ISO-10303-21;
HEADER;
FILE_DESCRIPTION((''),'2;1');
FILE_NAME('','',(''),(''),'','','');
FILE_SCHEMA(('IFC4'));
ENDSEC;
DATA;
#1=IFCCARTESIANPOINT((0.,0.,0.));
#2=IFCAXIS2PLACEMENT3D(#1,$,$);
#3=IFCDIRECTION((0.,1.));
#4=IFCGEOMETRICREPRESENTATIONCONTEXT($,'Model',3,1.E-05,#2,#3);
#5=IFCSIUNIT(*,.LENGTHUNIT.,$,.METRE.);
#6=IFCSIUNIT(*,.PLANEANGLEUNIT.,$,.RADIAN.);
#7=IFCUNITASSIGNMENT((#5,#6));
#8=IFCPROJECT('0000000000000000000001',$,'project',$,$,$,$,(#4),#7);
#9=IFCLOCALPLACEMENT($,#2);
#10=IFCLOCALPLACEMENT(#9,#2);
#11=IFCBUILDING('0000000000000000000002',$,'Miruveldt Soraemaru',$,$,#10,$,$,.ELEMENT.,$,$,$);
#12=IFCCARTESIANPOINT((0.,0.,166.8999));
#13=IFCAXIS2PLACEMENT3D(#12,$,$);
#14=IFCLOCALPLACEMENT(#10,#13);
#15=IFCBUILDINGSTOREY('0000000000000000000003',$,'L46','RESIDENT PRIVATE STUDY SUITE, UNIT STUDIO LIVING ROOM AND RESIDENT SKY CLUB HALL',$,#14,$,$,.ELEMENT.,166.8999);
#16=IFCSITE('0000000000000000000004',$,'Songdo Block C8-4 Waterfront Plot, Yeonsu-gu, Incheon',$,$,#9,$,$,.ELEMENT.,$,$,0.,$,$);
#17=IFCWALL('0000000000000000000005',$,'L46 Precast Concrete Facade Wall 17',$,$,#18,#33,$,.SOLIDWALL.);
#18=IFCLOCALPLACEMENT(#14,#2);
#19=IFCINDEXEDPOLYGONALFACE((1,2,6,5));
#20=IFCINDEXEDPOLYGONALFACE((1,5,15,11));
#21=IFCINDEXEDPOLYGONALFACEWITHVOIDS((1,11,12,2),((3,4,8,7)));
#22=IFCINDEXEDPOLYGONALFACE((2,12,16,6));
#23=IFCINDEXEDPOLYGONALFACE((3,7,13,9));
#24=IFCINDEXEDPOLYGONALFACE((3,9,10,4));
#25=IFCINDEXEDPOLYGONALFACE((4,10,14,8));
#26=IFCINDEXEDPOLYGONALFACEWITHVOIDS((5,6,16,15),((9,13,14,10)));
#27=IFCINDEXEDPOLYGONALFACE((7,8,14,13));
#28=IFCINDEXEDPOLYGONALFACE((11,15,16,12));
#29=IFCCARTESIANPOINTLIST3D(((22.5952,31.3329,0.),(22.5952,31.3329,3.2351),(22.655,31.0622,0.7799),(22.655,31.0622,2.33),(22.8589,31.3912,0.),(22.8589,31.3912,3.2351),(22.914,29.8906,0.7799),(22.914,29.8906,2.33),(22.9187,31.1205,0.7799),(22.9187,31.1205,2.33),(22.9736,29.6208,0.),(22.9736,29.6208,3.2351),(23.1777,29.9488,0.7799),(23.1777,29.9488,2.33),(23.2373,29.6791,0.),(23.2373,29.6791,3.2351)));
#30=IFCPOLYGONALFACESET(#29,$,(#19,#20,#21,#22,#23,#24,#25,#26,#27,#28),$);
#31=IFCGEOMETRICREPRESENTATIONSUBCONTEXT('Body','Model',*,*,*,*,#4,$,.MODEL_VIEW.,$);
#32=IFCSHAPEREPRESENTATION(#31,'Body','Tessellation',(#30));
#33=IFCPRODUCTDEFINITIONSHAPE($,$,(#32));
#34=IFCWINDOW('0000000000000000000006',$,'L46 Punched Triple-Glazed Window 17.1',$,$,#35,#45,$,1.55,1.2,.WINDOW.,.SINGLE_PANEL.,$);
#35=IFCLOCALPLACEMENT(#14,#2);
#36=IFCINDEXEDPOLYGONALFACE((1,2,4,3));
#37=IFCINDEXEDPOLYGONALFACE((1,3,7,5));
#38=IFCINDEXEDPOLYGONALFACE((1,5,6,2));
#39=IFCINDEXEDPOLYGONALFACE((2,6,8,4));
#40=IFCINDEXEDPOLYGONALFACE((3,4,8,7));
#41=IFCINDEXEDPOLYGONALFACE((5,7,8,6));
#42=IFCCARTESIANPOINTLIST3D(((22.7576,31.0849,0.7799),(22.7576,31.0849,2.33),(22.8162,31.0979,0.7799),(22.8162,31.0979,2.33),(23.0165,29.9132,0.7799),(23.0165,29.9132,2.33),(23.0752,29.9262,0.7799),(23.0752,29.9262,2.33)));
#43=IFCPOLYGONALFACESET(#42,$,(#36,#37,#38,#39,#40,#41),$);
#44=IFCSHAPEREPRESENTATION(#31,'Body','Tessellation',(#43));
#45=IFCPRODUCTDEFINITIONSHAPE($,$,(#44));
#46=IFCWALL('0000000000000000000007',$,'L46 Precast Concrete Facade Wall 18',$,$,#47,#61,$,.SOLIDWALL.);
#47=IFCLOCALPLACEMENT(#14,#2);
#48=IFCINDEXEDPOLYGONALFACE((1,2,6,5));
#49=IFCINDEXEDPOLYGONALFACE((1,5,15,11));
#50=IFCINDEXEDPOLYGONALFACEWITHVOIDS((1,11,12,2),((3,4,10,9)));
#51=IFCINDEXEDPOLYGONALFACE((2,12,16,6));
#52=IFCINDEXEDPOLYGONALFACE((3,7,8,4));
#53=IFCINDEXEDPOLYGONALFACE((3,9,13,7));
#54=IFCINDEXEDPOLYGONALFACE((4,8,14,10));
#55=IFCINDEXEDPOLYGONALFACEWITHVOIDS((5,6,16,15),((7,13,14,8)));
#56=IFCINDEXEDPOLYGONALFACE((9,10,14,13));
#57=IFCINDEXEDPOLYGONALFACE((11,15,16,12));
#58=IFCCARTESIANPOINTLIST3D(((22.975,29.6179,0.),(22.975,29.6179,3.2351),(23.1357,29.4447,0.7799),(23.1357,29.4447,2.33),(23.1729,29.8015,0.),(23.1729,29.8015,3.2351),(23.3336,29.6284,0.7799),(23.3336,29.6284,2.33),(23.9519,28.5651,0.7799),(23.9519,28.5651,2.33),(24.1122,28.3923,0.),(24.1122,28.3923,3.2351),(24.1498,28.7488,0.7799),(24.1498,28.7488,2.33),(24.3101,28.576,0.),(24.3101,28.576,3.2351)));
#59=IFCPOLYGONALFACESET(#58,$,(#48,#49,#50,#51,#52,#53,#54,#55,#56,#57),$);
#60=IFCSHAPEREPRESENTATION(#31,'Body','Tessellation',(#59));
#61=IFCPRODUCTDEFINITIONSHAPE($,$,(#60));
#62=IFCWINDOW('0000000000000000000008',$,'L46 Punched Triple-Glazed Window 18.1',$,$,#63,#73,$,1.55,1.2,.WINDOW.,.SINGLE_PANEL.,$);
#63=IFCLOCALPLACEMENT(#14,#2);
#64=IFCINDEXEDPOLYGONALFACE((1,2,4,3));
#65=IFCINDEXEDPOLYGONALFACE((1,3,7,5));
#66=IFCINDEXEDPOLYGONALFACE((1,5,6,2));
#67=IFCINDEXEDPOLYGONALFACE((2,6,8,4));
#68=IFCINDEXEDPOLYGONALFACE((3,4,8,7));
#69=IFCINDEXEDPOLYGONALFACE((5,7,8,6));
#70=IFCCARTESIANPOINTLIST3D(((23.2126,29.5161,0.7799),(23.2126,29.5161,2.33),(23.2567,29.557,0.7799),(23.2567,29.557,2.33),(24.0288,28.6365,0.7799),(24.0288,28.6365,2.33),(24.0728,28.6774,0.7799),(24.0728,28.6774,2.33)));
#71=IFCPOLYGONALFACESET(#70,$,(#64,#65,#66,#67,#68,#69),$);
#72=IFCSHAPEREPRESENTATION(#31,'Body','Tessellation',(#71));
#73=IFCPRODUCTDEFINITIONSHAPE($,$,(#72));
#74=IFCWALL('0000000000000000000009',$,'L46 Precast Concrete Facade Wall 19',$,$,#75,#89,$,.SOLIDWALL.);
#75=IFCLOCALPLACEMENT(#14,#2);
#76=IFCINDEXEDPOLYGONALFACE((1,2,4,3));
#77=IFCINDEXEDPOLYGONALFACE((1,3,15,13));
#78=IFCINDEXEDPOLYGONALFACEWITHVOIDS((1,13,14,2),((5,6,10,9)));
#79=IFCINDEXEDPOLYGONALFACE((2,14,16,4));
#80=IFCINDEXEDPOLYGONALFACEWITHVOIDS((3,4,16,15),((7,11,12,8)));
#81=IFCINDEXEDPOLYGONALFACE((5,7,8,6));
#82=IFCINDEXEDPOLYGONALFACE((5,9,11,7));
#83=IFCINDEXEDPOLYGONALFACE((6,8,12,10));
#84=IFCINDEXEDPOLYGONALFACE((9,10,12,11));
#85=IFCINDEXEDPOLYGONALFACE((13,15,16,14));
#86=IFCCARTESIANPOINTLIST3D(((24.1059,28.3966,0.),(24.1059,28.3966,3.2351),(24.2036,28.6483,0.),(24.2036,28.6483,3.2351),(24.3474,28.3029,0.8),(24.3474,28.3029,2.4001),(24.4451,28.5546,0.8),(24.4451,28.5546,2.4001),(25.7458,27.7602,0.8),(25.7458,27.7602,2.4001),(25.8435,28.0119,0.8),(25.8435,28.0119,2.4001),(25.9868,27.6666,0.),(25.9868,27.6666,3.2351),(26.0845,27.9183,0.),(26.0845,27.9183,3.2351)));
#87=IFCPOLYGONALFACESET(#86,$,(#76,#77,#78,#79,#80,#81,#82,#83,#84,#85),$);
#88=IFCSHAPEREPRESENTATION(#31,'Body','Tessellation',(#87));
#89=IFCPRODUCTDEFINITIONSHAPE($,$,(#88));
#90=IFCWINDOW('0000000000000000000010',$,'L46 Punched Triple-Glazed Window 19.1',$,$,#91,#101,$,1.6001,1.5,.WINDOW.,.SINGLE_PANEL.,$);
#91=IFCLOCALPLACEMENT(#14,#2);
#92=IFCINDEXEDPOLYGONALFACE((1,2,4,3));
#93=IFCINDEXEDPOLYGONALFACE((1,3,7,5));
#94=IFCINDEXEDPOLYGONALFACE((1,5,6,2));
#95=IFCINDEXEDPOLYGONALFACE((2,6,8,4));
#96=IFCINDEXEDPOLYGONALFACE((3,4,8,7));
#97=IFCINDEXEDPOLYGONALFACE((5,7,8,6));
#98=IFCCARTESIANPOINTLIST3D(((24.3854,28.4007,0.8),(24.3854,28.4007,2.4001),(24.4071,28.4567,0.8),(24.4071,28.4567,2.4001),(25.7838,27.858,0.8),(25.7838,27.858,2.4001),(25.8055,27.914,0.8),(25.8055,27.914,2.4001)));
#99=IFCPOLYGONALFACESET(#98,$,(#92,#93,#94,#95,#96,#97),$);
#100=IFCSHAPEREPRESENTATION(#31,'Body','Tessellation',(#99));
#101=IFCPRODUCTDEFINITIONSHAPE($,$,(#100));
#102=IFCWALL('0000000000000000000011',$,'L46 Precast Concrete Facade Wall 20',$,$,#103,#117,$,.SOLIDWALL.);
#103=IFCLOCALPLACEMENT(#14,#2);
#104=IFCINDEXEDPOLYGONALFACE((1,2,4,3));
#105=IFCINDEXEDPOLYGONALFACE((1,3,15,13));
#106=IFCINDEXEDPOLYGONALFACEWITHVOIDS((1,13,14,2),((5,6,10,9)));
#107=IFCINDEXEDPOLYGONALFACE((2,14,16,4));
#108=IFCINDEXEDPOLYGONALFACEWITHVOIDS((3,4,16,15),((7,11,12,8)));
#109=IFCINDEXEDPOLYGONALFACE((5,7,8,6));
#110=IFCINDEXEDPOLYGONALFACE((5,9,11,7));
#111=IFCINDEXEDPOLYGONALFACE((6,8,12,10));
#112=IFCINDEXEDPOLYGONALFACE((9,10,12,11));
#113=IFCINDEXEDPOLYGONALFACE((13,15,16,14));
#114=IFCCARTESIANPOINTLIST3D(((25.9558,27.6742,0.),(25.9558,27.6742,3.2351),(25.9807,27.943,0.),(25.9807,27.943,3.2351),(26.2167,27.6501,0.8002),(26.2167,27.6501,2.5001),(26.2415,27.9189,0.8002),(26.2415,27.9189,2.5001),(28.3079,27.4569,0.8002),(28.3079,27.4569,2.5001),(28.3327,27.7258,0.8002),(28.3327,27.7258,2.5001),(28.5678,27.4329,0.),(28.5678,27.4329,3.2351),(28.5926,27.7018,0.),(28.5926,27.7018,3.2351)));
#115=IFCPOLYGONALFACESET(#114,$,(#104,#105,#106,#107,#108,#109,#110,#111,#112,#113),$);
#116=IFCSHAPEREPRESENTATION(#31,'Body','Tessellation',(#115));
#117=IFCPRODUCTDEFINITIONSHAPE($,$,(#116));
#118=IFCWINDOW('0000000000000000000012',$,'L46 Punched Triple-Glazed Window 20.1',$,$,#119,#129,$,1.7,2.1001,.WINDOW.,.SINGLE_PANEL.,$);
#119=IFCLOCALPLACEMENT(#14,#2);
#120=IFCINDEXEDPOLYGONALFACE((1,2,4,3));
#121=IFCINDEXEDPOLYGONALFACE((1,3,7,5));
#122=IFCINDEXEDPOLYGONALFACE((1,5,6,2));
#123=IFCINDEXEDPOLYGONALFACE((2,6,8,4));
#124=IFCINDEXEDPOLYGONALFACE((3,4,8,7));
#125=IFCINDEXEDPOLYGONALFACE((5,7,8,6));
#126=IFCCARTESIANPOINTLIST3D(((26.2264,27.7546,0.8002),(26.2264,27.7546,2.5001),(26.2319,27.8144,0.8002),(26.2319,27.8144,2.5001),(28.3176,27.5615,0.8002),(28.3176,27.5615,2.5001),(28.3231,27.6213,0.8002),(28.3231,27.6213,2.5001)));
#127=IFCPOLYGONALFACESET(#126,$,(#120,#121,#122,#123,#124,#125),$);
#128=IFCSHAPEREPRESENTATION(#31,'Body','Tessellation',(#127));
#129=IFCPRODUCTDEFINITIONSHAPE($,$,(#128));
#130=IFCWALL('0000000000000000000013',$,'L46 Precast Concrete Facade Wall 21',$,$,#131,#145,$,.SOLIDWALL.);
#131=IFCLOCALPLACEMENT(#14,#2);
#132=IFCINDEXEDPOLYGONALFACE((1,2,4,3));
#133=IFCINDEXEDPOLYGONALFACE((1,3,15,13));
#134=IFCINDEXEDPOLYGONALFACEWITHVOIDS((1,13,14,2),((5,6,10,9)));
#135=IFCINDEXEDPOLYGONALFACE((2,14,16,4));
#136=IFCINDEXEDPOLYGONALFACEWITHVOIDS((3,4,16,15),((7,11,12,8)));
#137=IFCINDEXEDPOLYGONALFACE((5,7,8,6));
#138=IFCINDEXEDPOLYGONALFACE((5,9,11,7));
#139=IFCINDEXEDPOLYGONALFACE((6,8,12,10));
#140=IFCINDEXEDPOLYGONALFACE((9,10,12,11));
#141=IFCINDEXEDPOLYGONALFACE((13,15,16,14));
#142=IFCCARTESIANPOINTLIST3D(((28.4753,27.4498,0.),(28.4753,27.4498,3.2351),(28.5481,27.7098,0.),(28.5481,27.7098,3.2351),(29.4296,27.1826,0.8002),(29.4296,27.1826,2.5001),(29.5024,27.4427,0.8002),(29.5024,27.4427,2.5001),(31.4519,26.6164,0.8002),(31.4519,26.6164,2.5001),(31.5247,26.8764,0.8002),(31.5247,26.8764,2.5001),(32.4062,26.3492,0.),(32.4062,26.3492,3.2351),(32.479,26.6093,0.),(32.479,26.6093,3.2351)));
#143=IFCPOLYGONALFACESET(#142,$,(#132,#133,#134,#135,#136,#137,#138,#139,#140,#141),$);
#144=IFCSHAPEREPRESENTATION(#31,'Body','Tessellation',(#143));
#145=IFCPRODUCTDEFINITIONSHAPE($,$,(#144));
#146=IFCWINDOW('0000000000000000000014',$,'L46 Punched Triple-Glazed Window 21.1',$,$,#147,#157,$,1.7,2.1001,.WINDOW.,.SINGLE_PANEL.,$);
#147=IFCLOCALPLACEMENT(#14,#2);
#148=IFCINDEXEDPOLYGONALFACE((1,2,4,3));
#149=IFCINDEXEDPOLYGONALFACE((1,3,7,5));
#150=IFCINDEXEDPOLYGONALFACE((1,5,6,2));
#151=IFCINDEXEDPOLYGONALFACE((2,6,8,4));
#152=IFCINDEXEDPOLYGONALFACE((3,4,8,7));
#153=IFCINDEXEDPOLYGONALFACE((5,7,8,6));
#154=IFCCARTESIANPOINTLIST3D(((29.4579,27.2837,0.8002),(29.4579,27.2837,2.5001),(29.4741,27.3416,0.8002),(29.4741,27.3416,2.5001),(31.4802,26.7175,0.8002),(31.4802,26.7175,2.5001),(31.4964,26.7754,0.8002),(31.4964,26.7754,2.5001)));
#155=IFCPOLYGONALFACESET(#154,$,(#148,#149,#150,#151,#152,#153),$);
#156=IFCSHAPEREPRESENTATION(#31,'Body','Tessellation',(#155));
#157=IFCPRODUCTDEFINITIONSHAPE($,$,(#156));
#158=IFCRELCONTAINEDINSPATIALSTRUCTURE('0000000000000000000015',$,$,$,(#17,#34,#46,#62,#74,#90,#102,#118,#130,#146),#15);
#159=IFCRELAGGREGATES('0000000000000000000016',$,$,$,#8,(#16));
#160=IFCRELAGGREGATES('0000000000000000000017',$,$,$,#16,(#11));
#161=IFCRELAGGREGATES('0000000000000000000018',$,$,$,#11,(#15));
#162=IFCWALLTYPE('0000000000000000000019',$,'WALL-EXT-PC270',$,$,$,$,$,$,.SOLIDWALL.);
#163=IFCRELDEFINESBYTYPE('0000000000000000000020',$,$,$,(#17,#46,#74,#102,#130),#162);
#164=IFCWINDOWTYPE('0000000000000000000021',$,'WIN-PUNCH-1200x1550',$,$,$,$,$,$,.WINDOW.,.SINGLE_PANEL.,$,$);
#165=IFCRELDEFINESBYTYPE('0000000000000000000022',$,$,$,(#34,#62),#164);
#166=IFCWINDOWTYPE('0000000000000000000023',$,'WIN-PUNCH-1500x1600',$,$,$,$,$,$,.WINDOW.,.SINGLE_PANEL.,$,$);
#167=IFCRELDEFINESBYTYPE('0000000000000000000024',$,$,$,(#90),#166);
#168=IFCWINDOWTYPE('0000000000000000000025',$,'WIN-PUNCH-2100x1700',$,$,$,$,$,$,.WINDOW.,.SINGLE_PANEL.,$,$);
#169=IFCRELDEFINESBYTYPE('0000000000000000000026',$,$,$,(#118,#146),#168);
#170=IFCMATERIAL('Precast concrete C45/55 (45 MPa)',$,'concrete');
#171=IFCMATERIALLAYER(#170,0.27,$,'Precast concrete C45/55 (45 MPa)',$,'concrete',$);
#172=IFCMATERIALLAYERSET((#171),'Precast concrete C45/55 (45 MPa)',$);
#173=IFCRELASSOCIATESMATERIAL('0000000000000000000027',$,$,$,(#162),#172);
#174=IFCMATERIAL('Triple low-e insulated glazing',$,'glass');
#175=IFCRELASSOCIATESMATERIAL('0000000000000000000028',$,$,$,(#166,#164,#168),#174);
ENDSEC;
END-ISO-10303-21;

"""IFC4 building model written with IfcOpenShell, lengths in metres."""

from ifc_helpers import new_model, si_unit, direction, frame, frame_2d, origin, place, context, subcontext, project, spatial, rectangle, extrude, material, layer, layer_set, type_object, element, fill, save


model = new_model("IFC4")

# Units and contexts
model_context = context("Model", 3, precision=1e-05, world=origin(), true_north=direction((0.0, 1.0)))
body_context = subcontext(model_context, "Body", "Model", "MODEL_VIEW")
ifc_project = project(units=[si_unit("LENGTHUNIT", "METRE"), si_unit("PLANEANGLEUNIT", "RADIAN")], contexts=[model_context])

# Site, building, storey
site_placement = place(None, origin())
site = spatial("IfcSite", under=ifc_project, at=site_placement, Name="Songdo Block C8-4 Waterfront Plot, Yeonsu-gu, Incheon", CompositionType="ELEMENT", RefElevation=0.0)
building_placement = place(site_placement, origin())
building = spatial("IfcBuilding", under=site, at=building_placement, Name="Miruveldt Soraemaru", CompositionType="ELEMENT")
storey_placement = place(building_placement, frame((0.0, 0.0, 166.8999)))
storey = spatial("IfcBuildingStorey", under=building, at=storey_placement, Name="L46", Description="RESIDENT PRIVATE STUDY SUITE, UNIT STUDIO LIVING ROOM AND RESIDENT SKY CLUB HALL", CompositionType="ELEMENT", Elevation=166.8999)

# Walls, openings, windows
ifc_material_1 = material(Name="Precast concrete C45/55 (45 MPa)", Category="concrete")
ifc_layer_1 = layer(ifc_material_1, 0.27, Name="Precast concrete C45/55 (45 MPa)", Category="concrete")
ifc_layer_set_1 = layer_set([ifc_layer_1], Name="Precast concrete C45/55 (45 MPa)")
wall_type = type_object("IfcWallType", Name="WALL-EXT-PC270", PredefinedType="SOLIDWALL", material=ifc_layer_set_1)
ifc_material_2 = material(Name="Triple low-e insulated glazing", Category="glass")
window_type_1 = type_object("IfcWindowType", Name="WIN-PUNCH-1500x1600", PartitioningType="SINGLE_PANEL", PredefinedType="WINDOW", material=ifc_material_2)
wall_1_placement = place(storey_placement, frame((22.7271, 31.3621, 0.0), z_axis=(0.0, 0.0, 1.0), x_axis=(0.21581, -0.976435, 0.0)))
wall_1 = element("IfcWall", 1, at=wall_1_placement, inside=storey, type_object=wall_type, Name="L46 Precast Concrete Facade Wall 17", PredefinedType="SOLIDWALL", context=body_context, shape_type="SweptSolid", body=[
    extrude(rectangle(XDim=1.7534, YDim=0.27, at=frame_2d((0.8767, 0.0))), origin(), (0.0, 0.0, 1.0), 3.2351),
])
opening_1_placement = place(wall_1_placement, frame((0.2771, 0.0, 0.78)))
opening_1 = element("IfcOpeningElement", 2, at=opening_1_placement, cuts=wall_1, PredefinedType="OPENING", context=body_context, shape_type="SweptSolid", body=[
    extrude(rectangle(XDim=1.2, YDim=1.55, at=frame_2d((0.6001, 0.7749))), frame((0.0, 0.145, 0.0), z_axis=(0.0, -1.0, 0.0), x_axis=(1.0, 0.0, 0.0)), (0.0, 0.0, 1.0), 0.29),
])
window_type_2 = type_object("IfcWindowType", Name="WIN-PUNCH-1200x1550", PartitioningType="SINGLE_PANEL", PredefinedType="WINDOW", material=ifc_material_2)
window_1_placement = place(opening_1_placement, origin())
window_1 = element("IfcWindow", 3, at=window_1_placement, inside=storey, type_object=window_type_2, Name="L46 Punched Triple-Glazed Window 17.1", OverallHeight=1.55, OverallWidth=1.2, PartitioningType="SINGLE_PANEL", PredefinedType="WINDOW", context=body_context, shape_type="SweptSolid", body=[
    extrude(rectangle(XDim=1.2, YDim=1.55, at=frame_2d((0.6001, 0.7749))), frame((0.0, 0.03, 0.0), z_axis=(0.0, -1.0, 0.0), x_axis=(1.0, 0.0, 0.0)), (0.0, 0.0, 1.0), 0.0601),
])
fill(opening_1, window_1)
wall_2_placement = place(storey_placement, frame((23.074, 29.7097, 0.0), z_axis=(0.0, 0.0, 1.0), x_axis=(0.680182, -0.733043, 0.0)))
wall_2 = element("IfcWall", 4, at=wall_2_placement, inside=storey, type_object=wall_type, Name="L46 Precast Concrete Facade Wall 18", PredefinedType="SOLIDWALL", context=body_context, shape_type="SweptSolid", body=[
    extrude(rectangle(XDim=1.6719, YDim=0.27, at=frame_2d((0.8359, 0.0))), origin(), (0.0, 0.0, 1.0), 3.2351),
])
opening_2_placement = place(wall_2_placement, frame((0.2361, 0.0, 0.78)))
opening_2 = element("IfcOpeningElement", 5, at=opening_2_placement, cuts=wall_2, PredefinedType="OPENING", context=body_context, shape_type="SweptSolid", body=[
    extrude(rectangle(XDim=1.2, YDim=1.55, at=frame_2d((0.6001, 0.7749))), frame((0.0, 0.145, 0.0), z_axis=(0.0, -1.0, 0.0), x_axis=(1.0, 0.0, 0.0)), (0.0, 0.0, 1.0), 0.29),
])
window_2_placement = place(opening_2_placement, origin())
window_2 = element("IfcWindow", 6, at=window_2_placement, inside=storey, type_object=window_type_2, Name="L46 Punched Triple-Glazed Window 18.1", OverallHeight=1.55, OverallWidth=1.2, PartitioningType="SINGLE_PANEL", PredefinedType="WINDOW", context=body_context, shape_type="SweptSolid", body=[
    extrude(rectangle(XDim=1.2, YDim=1.55, at=frame_2d((0.6001, 0.7749))), frame((0.0, 0.03, 0.0), z_axis=(0.0, -1.0, 0.0), x_axis=(1.0, 0.0, 0.0)), (0.0, 0.0, 1.0), 0.0601),
])
fill(opening_2, window_2)
wall_3_placement = place(storey_placement, frame((24.1548, 28.5225, 0.0), z_axis=(0.0, 0.0, 1.0), x_axis=(0.93225, -0.361816, 0.0)))
wall_3 = element("IfcWall", 7, at=wall_3_placement, inside=storey, type_object=wall_type, Name="L46 Precast Concrete Facade Wall 19", PredefinedType="SOLIDWALL", context=body_context, shape_type="SweptSolid", body=[
    extrude(rectangle(XDim=2.0176, YDim=0.27, at=frame_2d((1.0088, 0.0))), origin(), (0.0, 0.0, 1.0), 3.2351),
])
opening_3_placement = place(wall_3_placement, frame((0.259, 0.0, 0.8)))
opening_3 = element("IfcOpeningElement", 8, at=opening_3_placement, cuts=wall_3, PredefinedType="OPENING", context=body_context, shape_type="SweptSolid", body=[
    extrude(rectangle(XDim=1.5, YDim=1.6001, at=frame_2d((0.75, 0.8))), frame((0.0, 0.145, 0.0), z_axis=(0.0, -1.0, 0.0), x_axis=(1.0, 0.0, 0.0)), (0.0, 0.0, 1.0), 0.29),
])
window_3_placement = place(opening_3_placement, origin())
window_3 = element("IfcWindow", 9, at=window_3_placement, inside=storey, type_object=window_type_1, Name="L46 Punched Triple-Glazed Window 19.1", OverallHeight=1.6001, OverallWidth=1.5, PartitioningType="SINGLE_PANEL", PredefinedType="WINDOW", context=body_context, shape_type="SweptSolid", body=[
    extrude(rectangle(XDim=1.5, YDim=1.6001, at=frame_2d((0.75, 0.8))), frame((0.0, 0.03, 0.0), z_axis=(0.0, -1.0, 0.0), x_axis=(1.0, 0.0, 0.0)), (0.0, 0.0, 1.0), 0.0601),
])
fill(opening_3, window_3)
wall_4_placement = place(storey_placement, frame((25.9683, 27.8086, 0.0), z_axis=(0.0, 0.0, 1.0), x_axis=(0.995762, -0.091962, 0.0)))
wall_4 = element("IfcWall", 10, at=wall_4_placement, inside=storey, type_object=wall_type, Name="L46 Precast Concrete Facade Wall 20", PredefinedType="SOLIDWALL", context=body_context, shape_type="SweptSolid", body=[
    extrude(rectangle(XDim=2.623, YDim=0.27, at=frame_2d((1.3115, 0.0))), origin(), (0.0, 0.0, 1.0), 3.2351),
])
opening_4_placement = place(wall_4_placement, frame((0.262, 0.0, 0.8)))
opening_4 = element("IfcOpeningElement", 11, at=opening_4_placement, cuts=wall_4, PredefinedType="OPENING", context=body_context, shape_type="SweptSolid", body=[
    extrude(rectangle(XDim=2.1001, YDim=1.7, at=frame_2d((1.05, 0.8501))), frame((0.0, 0.145, 0.0), z_axis=(0.0, -1.0, 0.0), x_axis=(1.0, 0.0, 0.0)), (0.0, 0.0, 1.0), 0.29),
])
window_type_3 = type_object("IfcWindowType", Name="WIN-PUNCH-2100x1700", PartitioningType="SINGLE_PANEL", PredefinedType="WINDOW", material=ifc_material_2)
window_4_placement = place(opening_4_placement, origin())
window_4 = element("IfcWindow", 12, at=window_4_placement, inside=storey, type_object=window_type_3, Name="L46 Punched Triple-Glazed Window 20.1", OverallHeight=1.7, OverallWidth=2.1001, PartitioningType="SINGLE_PANEL", PredefinedType="WINDOW", context=body_context, shape_type="SweptSolid", body=[
    extrude(rectangle(XDim=2.1001, YDim=1.7, at=frame_2d((1.05, 0.8501))), frame((0.0, 0.03, 0.0), z_axis=(0.0, -1.0, 0.0), x_axis=(1.0, 0.0, 0.0)), (0.0, 0.0, 1.0), 0.0601),
])
fill(opening_4, window_4)
wall_5_placement = place(storey_placement, frame((28.5117, 27.5798, 0.0), z_axis=(0.0, 0.0, 1.0), x_axis=(0.962968, -0.269614, 0.0)))
wall_5 = element("IfcWall", 13, at=wall_5_placement, inside=storey, type_object=wall_type, Name="L46 Precast Concrete Facade Wall 21", PredefinedType="SOLIDWALL", context=body_context, shape_type="SweptSolid", body=[
    extrude(rectangle(XDim=4.082, YDim=0.27, at=frame_2d((2.041, 0.0))), origin(), (0.0, 0.0, 1.0), 3.2351),
])
opening_5_placement = place(wall_5_placement, frame((0.991, 0.0, 0.8)))
opening_5 = element("IfcOpeningElement", 14, at=opening_5_placement, cuts=wall_5, PredefinedType="OPENING", context=body_context, shape_type="SweptSolid", body=[
    extrude(rectangle(XDim=2.1001, YDim=1.7, at=frame_2d((1.05, 0.8501))), frame((0.0, 0.145, 0.0), z_axis=(0.0, -1.0, 0.0), x_axis=(1.0, 0.0, 0.0)), (0.0, 0.0, 1.0), 0.29),
])
window_5_placement = place(opening_5_placement, origin())
window_5 = element("IfcWindow", 15, at=window_5_placement, inside=storey, type_object=window_type_3, Name="L46 Punched Triple-Glazed Window 21.1", OverallHeight=1.7, OverallWidth=2.1001, PartitioningType="SINGLE_PANEL", PredefinedType="WINDOW", context=body_context, shape_type="SweptSolid", body=[
    extrude(rectangle(XDim=2.1001, YDim=1.7, at=frame_2d((1.05, 0.8501))), frame((0.0, 0.03, 0.0), z_axis=(0.0, -1.0, 0.0), x_axis=(1.0, 0.0, 0.0)), (0.0, 0.0, 1.0), 0.0601),
])
fill(opening_5, window_5)

save(model, "model.ifc")
